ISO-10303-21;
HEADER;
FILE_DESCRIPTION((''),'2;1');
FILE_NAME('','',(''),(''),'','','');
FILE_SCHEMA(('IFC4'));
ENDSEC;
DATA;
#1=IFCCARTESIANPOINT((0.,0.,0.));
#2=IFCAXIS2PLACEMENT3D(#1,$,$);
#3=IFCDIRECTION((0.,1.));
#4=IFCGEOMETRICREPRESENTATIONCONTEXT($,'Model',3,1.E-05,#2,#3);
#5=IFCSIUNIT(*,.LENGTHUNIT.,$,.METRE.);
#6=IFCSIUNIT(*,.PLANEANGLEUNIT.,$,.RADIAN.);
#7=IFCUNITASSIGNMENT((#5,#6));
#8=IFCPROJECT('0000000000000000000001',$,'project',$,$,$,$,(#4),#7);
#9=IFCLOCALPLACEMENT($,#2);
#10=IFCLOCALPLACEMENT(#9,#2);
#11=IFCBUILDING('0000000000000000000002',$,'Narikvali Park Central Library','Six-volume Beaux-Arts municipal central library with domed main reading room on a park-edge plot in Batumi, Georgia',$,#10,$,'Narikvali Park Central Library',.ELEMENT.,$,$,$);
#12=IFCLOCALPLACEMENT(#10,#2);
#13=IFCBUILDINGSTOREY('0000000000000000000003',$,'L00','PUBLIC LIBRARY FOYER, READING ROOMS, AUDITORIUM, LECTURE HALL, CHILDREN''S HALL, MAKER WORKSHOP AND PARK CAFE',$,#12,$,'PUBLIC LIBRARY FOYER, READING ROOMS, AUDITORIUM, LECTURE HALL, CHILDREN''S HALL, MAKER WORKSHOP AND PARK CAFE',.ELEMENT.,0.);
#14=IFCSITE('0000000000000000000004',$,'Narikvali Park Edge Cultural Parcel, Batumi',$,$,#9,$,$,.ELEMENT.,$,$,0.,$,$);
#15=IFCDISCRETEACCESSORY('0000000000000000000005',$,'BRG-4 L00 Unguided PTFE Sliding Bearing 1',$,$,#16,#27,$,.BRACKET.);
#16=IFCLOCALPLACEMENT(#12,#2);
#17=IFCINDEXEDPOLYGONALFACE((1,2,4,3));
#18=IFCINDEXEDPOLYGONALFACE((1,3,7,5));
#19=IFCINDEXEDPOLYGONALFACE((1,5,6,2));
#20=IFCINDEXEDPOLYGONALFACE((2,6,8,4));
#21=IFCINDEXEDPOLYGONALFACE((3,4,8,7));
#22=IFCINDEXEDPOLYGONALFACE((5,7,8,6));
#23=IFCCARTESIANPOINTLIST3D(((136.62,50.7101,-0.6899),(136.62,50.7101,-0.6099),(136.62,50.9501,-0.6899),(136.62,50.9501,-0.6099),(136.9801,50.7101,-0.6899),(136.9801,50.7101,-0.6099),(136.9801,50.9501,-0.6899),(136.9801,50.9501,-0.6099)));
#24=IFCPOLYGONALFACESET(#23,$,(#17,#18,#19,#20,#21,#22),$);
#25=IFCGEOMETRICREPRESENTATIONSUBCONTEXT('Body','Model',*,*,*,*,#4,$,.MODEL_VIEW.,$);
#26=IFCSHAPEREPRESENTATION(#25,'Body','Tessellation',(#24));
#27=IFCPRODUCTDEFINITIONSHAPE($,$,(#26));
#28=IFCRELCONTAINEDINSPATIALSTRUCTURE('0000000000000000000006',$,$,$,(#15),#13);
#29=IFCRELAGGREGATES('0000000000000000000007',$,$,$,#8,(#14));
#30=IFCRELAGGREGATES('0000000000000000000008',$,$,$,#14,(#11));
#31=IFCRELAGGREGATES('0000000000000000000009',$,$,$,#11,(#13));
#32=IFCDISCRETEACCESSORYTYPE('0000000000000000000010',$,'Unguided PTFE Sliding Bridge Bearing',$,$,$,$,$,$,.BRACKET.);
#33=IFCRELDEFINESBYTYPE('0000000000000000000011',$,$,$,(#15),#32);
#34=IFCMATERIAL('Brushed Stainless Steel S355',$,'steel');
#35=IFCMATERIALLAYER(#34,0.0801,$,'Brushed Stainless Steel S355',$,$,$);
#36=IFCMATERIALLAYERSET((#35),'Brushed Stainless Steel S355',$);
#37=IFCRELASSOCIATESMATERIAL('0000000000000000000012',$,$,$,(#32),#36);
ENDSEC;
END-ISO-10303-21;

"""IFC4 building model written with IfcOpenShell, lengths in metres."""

from ifc_helpers import new_model, si_unit, direction, frame, origin, origin_2d, place, context, subcontext, project, spatial, rectangle, extrude, material, layer, layer_set, type_object, element, save


model = new_model("IFC4")

# Units and contexts
model_context = context("Model", 3, precision=1e-05, world=origin(), true_north=direction((0.0, 1.0)))
body_context = subcontext(model_context, "Body", "Model", "MODEL_VIEW")
ifc_project = project(units=[si_unit("LENGTHUNIT", "METRE"), si_unit("PLANEANGLEUNIT", "RADIAN")], contexts=[model_context])

# Site, building, storey
site_placement = place(None, origin())
site = spatial("IfcSite", under=ifc_project, at=site_placement, Name="Narikvali Park Edge Cultural Parcel, Batumi", CompositionType="ELEMENT", RefElevation=0.0)
building_placement = place(site_placement, origin())
building = spatial("IfcBuilding", under=site, at=building_placement, Name="Narikvali Park Central Library", Description="Six-volume Beaux-Arts municipal central library with domed main reading room on a park-edge plot in Batumi, Georgia", LongName="Narikvali Park Central Library", CompositionType="ELEMENT")
storey_placement = place(building_placement, origin())
storey = spatial("IfcBuildingStorey", under=building, at=storey_placement, Name="L00", Description="PUBLIC LIBRARY FOYER, READING ROOMS, AUDITORIUM, LECTURE HALL, CHILDREN'S HALL, MAKER WORKSHOP AND PARK CAFE", LongName="PUBLIC LIBRARY FOYER, READING ROOMS, AUDITORIUM, LECTURE HALL, CHILDREN'S HALL, MAKER WORKSHOP AND PARK CAFE", CompositionType="ELEMENT", Elevation=0.0)

# Discrete accessory
ifc_material_1 = material(Name="Brushed Stainless Steel S355", Category="steel")
ifc_layer_1 = layer(ifc_material_1, 0.0801, Name="Brushed Stainless Steel S355")
ifc_layer_set_1 = layer_set([ifc_layer_1], Name="Brushed Stainless Steel S355")
discrete_accessory_type_1 = type_object("IfcDiscreteAccessoryType", Name="Unguided PTFE Sliding Bridge Bearing", PredefinedType="BRACKET", material=ifc_layer_set_1)
discrete_accessory_1_placement = place(storey_placement, frame((136.8, 50.8301, -0.6899), z_axis=(0.0, 0.0, 1.0), x_axis=(1.0, 0.0, 0.0)))
element("IfcDiscreteAccessory", 1, at=discrete_accessory_1_placement, inside=storey, type_object=discrete_accessory_type_1, Name="BRG-4 L00 Unguided PTFE Sliding Bearing 1", PredefinedType="BRACKET", context=body_context, shape_type="SweptSolid", body=[
    extrude(rectangle(XDim=0.3601, YDim=0.24, at=origin_2d()), origin(), (0.0, 0.0, 1.0), 0.0801),
])

save(model, "model.ifc")
